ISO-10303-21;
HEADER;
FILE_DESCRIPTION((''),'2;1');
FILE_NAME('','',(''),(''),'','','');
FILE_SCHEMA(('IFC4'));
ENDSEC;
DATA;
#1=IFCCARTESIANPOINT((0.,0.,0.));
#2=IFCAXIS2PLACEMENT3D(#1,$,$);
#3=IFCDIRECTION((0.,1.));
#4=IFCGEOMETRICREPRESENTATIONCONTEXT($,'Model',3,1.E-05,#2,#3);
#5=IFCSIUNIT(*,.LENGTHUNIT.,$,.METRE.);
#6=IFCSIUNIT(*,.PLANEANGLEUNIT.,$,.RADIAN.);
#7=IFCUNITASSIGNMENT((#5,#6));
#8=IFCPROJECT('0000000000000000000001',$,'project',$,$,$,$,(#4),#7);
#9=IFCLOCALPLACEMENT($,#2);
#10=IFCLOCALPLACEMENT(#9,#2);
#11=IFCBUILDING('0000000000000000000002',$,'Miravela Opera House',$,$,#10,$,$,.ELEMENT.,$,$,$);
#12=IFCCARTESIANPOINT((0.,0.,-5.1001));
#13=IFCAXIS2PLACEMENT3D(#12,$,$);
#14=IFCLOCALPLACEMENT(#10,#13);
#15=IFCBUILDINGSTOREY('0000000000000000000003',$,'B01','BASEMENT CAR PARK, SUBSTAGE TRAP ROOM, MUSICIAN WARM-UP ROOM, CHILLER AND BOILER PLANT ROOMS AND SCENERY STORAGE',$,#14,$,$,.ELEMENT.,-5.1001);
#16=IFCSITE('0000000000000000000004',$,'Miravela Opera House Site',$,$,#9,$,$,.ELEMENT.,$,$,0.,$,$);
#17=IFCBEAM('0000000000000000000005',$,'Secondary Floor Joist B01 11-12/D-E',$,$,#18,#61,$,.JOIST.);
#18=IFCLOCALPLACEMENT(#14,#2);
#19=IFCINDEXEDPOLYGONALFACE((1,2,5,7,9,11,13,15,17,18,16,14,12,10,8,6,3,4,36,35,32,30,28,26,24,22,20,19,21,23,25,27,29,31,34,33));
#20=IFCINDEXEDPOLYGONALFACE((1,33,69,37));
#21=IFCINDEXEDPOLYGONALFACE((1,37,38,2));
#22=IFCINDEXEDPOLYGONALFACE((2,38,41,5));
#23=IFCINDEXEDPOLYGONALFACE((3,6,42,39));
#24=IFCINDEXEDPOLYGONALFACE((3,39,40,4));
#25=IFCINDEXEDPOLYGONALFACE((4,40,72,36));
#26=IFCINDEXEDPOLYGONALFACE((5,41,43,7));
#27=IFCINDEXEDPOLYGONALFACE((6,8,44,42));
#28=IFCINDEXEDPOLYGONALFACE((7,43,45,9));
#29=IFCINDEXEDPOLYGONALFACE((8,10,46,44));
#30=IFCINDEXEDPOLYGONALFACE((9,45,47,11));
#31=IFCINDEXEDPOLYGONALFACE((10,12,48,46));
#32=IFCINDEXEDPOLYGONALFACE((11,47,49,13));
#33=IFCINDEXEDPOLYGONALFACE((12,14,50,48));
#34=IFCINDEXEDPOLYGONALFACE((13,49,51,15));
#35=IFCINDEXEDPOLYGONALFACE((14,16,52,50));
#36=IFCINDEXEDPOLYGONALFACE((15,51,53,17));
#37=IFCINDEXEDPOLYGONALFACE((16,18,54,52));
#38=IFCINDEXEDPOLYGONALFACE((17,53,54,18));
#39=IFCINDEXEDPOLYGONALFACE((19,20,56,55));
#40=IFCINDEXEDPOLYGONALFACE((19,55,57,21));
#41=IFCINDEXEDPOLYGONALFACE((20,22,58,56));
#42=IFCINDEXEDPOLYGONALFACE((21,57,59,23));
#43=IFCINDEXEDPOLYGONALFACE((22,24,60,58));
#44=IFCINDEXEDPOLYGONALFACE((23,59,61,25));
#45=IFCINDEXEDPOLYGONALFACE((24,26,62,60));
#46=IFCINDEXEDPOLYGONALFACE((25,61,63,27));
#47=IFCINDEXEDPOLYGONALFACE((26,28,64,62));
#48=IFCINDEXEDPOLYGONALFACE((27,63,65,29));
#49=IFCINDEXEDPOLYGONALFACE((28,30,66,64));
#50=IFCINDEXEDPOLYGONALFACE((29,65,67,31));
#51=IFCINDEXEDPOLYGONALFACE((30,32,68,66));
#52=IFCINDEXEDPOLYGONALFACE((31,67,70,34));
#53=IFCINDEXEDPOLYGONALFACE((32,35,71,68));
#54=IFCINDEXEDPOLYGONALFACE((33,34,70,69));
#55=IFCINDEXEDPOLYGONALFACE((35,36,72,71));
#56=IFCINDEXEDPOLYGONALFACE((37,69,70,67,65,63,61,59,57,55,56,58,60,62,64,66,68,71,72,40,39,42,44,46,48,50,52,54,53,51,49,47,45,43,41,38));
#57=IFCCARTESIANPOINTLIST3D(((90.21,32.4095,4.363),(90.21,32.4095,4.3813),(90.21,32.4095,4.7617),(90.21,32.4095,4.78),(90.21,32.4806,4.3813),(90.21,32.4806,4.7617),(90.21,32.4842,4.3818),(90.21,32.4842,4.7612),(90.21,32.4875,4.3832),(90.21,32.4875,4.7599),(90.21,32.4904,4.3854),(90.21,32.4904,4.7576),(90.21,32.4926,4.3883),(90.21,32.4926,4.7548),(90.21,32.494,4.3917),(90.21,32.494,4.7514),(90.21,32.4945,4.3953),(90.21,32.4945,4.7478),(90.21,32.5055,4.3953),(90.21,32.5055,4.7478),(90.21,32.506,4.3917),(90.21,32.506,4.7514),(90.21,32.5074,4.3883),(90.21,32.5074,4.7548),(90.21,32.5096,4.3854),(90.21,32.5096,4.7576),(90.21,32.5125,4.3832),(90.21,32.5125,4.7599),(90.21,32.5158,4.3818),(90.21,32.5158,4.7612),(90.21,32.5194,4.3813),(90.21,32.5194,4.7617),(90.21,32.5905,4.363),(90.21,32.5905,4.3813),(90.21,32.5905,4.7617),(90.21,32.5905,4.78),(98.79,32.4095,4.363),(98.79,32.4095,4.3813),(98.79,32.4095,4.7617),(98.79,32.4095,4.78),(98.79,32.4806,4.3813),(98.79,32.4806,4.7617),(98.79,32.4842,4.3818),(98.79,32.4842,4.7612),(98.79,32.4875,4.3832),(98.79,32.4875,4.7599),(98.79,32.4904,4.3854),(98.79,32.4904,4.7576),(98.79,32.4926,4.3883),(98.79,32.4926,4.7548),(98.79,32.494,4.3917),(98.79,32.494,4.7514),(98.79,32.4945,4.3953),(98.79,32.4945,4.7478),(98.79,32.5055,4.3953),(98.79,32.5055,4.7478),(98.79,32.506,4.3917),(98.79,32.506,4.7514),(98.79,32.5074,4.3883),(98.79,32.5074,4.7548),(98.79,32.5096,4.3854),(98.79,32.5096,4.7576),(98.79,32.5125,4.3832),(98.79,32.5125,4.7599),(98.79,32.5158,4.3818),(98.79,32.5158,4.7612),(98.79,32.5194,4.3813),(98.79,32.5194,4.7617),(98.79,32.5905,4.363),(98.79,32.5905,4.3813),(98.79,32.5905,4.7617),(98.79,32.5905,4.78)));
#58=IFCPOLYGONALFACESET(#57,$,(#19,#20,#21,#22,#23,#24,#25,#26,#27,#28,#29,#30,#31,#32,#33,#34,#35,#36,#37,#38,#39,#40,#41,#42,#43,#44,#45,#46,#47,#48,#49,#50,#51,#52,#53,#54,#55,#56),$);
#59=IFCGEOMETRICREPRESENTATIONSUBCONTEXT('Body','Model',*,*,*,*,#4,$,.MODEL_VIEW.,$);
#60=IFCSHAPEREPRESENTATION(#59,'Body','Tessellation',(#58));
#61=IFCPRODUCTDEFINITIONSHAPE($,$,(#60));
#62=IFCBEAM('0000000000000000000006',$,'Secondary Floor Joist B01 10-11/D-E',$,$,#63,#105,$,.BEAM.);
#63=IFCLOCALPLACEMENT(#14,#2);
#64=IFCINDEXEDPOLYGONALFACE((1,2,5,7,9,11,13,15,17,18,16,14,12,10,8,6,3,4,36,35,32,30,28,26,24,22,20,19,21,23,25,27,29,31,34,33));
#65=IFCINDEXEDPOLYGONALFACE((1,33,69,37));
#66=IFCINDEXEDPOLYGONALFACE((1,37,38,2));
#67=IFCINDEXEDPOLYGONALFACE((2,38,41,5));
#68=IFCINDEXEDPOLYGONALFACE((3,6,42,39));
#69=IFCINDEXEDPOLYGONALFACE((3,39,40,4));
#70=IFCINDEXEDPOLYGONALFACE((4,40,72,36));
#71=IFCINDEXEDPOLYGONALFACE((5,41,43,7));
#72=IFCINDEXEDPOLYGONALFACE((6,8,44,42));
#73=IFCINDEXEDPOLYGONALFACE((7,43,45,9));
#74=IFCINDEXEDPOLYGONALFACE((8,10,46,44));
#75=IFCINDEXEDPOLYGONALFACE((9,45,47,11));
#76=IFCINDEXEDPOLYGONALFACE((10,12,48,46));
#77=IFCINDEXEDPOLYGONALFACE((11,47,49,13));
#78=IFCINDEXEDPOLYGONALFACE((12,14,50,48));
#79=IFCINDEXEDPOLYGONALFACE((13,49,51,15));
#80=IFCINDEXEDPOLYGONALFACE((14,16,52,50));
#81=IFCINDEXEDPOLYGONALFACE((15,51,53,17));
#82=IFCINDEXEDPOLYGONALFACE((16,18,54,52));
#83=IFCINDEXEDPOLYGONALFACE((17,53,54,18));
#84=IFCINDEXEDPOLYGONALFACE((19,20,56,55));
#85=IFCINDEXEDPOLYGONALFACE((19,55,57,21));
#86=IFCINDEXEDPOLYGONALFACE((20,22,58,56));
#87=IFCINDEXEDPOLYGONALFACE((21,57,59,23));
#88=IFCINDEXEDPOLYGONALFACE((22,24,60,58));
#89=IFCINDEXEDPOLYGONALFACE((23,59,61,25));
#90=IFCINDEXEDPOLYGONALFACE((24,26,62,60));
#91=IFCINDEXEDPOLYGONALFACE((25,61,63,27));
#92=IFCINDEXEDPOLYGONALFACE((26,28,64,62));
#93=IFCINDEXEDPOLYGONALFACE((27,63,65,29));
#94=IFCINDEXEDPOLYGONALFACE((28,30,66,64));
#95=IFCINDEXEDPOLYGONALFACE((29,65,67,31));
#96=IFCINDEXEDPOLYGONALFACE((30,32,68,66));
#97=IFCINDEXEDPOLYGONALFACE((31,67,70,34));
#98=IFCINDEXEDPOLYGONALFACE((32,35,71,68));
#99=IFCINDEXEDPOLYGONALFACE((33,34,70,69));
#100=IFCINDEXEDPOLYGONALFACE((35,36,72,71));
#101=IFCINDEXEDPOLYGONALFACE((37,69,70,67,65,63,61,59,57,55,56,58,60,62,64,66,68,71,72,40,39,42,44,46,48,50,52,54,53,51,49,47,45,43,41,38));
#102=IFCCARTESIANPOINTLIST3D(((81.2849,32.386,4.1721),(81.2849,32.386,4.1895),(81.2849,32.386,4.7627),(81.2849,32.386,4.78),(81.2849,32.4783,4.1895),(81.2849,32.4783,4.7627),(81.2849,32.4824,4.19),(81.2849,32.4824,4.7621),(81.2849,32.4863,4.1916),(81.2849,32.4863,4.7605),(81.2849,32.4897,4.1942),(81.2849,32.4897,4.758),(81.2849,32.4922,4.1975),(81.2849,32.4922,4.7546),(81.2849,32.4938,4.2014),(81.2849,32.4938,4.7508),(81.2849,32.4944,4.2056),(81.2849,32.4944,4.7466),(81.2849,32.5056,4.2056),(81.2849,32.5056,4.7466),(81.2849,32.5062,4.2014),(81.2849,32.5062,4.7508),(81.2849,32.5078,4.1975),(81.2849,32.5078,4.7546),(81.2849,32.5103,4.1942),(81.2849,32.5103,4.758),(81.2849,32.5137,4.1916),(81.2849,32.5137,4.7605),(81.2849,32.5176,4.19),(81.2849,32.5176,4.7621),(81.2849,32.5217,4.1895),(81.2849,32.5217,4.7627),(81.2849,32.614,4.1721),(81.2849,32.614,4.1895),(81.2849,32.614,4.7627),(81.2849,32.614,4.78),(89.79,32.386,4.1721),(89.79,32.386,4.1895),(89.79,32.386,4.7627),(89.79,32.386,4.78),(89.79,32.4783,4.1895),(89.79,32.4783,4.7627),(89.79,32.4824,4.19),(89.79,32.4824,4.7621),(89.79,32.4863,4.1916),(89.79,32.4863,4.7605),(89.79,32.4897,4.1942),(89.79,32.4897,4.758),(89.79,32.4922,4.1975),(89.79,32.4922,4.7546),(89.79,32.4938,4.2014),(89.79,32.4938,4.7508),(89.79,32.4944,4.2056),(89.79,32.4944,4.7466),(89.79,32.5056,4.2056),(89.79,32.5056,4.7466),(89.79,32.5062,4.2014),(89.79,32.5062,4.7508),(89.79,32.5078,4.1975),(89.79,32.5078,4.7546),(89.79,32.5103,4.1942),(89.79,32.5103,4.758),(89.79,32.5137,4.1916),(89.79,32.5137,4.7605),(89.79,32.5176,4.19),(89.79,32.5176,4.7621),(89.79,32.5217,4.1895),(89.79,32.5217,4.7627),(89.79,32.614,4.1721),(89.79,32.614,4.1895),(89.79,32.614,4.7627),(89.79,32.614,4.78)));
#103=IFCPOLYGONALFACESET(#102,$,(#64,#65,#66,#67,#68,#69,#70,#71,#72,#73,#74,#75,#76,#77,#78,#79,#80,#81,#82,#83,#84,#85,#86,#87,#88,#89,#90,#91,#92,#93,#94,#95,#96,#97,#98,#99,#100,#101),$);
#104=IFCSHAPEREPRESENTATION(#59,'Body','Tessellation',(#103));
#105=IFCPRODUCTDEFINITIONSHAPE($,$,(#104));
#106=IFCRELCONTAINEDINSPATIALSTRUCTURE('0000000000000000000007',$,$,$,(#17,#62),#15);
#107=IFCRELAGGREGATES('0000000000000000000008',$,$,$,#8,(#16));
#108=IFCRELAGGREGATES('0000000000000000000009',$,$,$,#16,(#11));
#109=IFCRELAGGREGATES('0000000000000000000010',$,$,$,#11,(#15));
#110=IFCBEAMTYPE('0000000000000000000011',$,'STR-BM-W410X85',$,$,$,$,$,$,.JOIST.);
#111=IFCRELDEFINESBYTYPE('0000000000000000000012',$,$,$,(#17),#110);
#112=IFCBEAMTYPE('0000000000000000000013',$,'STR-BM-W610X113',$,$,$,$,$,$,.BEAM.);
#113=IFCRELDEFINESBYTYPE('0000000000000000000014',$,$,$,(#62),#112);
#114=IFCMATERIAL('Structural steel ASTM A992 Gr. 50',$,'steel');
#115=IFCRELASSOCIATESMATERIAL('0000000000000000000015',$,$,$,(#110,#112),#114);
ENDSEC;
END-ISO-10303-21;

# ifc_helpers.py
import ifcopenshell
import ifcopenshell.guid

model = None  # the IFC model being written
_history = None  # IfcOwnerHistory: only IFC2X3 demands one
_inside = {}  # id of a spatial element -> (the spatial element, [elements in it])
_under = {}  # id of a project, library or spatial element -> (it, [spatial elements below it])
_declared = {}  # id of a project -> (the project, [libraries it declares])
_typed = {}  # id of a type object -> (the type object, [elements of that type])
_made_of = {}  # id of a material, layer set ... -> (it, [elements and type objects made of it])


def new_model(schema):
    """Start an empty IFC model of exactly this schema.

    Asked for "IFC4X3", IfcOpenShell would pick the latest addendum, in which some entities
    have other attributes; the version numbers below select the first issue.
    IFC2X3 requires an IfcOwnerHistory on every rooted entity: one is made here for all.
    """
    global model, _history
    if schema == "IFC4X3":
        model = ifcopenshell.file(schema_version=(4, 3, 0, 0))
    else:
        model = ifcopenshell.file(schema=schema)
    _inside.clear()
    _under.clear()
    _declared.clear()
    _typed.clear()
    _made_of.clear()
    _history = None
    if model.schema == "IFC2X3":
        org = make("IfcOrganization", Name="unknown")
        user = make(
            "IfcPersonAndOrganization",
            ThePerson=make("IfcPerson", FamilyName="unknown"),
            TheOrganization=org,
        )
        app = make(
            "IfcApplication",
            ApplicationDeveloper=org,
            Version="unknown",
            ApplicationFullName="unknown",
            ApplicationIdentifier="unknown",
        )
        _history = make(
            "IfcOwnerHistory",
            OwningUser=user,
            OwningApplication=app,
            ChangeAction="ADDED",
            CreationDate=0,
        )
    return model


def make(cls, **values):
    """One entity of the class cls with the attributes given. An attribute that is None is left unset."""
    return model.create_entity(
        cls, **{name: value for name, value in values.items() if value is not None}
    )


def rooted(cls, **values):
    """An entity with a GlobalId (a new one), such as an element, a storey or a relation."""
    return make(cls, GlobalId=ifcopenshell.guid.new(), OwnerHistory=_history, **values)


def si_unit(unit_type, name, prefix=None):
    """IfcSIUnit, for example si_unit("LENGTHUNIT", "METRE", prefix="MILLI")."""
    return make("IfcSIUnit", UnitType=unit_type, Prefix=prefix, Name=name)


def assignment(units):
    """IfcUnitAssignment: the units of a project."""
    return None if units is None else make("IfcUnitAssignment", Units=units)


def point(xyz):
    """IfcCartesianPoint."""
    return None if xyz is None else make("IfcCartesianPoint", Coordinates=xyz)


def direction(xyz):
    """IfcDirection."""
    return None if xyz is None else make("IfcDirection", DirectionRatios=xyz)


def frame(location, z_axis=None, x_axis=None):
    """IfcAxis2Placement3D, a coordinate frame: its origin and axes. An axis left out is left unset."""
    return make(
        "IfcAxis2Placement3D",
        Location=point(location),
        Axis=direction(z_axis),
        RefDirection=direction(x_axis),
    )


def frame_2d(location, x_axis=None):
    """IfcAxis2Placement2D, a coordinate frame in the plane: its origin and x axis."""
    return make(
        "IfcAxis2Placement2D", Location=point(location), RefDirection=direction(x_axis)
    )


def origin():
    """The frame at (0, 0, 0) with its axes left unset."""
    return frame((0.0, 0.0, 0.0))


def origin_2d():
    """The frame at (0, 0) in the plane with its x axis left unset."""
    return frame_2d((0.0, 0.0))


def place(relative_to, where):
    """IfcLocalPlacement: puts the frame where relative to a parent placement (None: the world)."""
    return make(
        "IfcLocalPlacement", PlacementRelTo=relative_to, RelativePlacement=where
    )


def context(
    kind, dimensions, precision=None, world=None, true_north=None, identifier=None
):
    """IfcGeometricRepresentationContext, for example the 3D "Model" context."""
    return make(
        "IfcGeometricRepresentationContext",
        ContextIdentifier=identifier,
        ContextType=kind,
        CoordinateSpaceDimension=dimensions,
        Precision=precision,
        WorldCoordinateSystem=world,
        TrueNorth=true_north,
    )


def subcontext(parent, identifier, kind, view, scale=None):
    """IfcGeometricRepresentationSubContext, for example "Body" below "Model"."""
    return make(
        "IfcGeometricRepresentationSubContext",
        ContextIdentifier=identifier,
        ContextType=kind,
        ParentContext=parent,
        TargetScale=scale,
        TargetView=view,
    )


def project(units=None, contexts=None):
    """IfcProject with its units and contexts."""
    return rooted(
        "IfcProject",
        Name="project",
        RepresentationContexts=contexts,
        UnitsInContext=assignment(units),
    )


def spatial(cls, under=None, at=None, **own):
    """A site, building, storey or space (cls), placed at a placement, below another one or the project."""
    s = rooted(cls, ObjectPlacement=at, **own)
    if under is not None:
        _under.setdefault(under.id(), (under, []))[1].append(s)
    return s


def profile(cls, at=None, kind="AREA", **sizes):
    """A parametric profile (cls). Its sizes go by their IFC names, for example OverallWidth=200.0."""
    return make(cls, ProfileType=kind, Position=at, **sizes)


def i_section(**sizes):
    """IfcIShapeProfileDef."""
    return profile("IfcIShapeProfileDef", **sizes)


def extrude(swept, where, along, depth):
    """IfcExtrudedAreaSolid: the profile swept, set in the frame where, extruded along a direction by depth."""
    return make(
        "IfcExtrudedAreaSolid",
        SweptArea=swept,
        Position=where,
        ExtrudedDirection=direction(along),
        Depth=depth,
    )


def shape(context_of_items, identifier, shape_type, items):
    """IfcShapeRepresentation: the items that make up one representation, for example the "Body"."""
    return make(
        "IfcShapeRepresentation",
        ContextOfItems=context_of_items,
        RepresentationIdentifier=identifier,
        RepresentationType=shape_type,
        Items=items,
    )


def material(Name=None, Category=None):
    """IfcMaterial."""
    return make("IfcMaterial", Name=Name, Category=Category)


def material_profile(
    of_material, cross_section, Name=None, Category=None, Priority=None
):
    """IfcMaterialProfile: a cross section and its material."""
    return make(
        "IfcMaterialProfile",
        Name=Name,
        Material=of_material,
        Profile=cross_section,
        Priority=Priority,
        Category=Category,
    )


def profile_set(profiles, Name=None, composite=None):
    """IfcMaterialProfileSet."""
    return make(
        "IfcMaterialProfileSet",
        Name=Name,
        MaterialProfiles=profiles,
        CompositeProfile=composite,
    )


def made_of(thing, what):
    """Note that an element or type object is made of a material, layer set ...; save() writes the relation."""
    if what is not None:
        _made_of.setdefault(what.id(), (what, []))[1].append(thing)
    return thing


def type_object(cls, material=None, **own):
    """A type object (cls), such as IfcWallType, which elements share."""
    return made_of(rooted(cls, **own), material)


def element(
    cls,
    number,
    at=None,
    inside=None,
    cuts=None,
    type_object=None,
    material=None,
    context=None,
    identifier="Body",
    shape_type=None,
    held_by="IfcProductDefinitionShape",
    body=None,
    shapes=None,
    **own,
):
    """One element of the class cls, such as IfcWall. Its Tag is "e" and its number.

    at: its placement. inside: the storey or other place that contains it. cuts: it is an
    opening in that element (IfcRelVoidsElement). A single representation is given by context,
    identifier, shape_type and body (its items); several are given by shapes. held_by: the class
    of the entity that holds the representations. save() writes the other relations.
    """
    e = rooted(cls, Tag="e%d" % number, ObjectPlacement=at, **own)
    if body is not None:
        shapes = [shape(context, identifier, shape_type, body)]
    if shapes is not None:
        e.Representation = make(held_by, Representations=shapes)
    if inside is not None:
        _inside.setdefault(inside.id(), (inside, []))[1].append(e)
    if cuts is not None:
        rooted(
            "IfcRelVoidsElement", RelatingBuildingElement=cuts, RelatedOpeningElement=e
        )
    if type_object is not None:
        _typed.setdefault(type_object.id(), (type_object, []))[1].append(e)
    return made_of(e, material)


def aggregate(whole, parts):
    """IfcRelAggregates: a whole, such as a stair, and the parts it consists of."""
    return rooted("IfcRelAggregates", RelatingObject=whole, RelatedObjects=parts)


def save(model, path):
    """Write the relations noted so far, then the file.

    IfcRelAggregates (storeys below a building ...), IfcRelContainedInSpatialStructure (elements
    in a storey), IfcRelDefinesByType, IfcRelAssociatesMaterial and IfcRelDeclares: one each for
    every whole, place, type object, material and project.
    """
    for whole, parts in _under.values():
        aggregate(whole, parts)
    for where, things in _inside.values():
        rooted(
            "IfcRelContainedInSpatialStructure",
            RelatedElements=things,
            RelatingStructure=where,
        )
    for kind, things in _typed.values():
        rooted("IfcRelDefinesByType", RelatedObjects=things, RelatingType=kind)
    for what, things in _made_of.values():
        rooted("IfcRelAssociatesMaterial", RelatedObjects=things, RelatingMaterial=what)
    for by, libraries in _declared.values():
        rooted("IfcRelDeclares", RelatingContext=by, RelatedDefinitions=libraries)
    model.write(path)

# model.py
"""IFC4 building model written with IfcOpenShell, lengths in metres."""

from ifc_helpers import new_model, si_unit, direction, frame, origin, origin_2d, place, context, subcontext, project, spatial, i_section, extrude, material, material_profile, profile_set, type_object, element, save


model = new_model("IFC4")

# Units and contexts
model_context = context("Model", 3, precision=1e-05, world=origin(), true_north=direction((0.0, 1.0)))
body_context = subcontext(model_context, "Body", "Model", "MODEL_VIEW")
ifc_project = project(units=[si_unit("LENGTHUNIT", "METRE"), si_unit("PLANEANGLEUNIT", "RADIAN")], contexts=[model_context])

# Site, building, storey
site_placement = place(None, origin())
site = spatial("IfcSite", under=ifc_project, at=site_placement, Name="Miravela Opera House Site", CompositionType="ELEMENT", RefElevation=0.0)
building_placement = place(site_placement, origin())
building = spatial("IfcBuilding", under=site, at=building_placement, Name="Miravela Opera House", CompositionType="ELEMENT")
storey_placement = place(building_placement, frame((0.0, 0.0, -5.1001)))
storey = spatial("IfcBuildingStorey", under=building, at=storey_placement, Name="B01", Description="BASEMENT CAR PARK, SUBSTAGE TRAP ROOM, MUSICIAN WARM-UP ROOM, CHILLER AND BOILER PLANT ROOMS AND SCENERY STORAGE", CompositionType="ELEMENT", Elevation=-5.1001)

# Beams
ifc_material_1 = material(Name="Structural steel ASTM A992 Gr. 50", Category="steel")
ifc_material_profile_1 = material_profile(ifc_material_1, i_section(OverallWidth=0.1809, OverallDepth=0.417, WebThickness=0.011, FlangeThickness=0.0183, FilletRadius=0.0139, at=origin_2d()), Name="W410X85")
ifc_profile_set_1 = profile_set([ifc_material_profile_1])
beam_type_1 = type_object("IfcBeamType", Name="STR-BM-W410X85", PredefinedType="JOIST", material=ifc_profile_set_1)
beam_1_placement = place(storey_placement, frame((90.21, 32.5, 4.5715), z_axis=(1.0, 0.0, 0.0), x_axis=(0.0, 1.0, 0.0)))
element("IfcBeam", 1, at=beam_1_placement, inside=storey, type_object=beam_type_1, Name="Secondary Floor Joist B01 11-12/D-E", PredefinedType="JOIST", context=body_context, shape_type="SweptSolid", body=[
    extrude(i_section(OverallWidth=0.1809, OverallDepth=0.417, WebThickness=0.011, FlangeThickness=0.0183, FilletRadius=0.0139, at=origin_2d()), origin(), (0.0, 0.0, 1.0), 8.5801),
])
ifc_material_profile_2 = material_profile(ifc_material_1, i_section(OverallWidth=0.228, OverallDepth=0.6079, WebThickness=0.0112, FlangeThickness=0.0173, FilletRadius=0.0161, at=origin_2d()), Name="W610X113")
ifc_profile_set_2 = profile_set([ifc_material_profile_2])
beam_type_2 = type_object("IfcBeamType", Name="STR-BM-W610X113", PredefinedType="BEAM", material=ifc_profile_set_2)
beam_2_placement = place(storey_placement, frame((81.2849, 32.5, 4.4761), z_axis=(1.0, 0.0, 0.0), x_axis=(0.0, 1.0, 0.0)))
element("IfcBeam", 2, at=beam_2_placement, inside=storey, type_object=beam_type_2, Name="Secondary Floor Joist B01 10-11/D-E", PredefinedType="BEAM", context=body_context, shape_type="SweptSolid", body=[
    extrude(i_section(OverallWidth=0.228, OverallDepth=0.6079, WebThickness=0.0112, FlangeThickness=0.0173, FilletRadius=0.0161, at=origin_2d()), origin(), (0.0, 0.0, 1.0), 8.5051),
])

save(model, "model.ifc")
